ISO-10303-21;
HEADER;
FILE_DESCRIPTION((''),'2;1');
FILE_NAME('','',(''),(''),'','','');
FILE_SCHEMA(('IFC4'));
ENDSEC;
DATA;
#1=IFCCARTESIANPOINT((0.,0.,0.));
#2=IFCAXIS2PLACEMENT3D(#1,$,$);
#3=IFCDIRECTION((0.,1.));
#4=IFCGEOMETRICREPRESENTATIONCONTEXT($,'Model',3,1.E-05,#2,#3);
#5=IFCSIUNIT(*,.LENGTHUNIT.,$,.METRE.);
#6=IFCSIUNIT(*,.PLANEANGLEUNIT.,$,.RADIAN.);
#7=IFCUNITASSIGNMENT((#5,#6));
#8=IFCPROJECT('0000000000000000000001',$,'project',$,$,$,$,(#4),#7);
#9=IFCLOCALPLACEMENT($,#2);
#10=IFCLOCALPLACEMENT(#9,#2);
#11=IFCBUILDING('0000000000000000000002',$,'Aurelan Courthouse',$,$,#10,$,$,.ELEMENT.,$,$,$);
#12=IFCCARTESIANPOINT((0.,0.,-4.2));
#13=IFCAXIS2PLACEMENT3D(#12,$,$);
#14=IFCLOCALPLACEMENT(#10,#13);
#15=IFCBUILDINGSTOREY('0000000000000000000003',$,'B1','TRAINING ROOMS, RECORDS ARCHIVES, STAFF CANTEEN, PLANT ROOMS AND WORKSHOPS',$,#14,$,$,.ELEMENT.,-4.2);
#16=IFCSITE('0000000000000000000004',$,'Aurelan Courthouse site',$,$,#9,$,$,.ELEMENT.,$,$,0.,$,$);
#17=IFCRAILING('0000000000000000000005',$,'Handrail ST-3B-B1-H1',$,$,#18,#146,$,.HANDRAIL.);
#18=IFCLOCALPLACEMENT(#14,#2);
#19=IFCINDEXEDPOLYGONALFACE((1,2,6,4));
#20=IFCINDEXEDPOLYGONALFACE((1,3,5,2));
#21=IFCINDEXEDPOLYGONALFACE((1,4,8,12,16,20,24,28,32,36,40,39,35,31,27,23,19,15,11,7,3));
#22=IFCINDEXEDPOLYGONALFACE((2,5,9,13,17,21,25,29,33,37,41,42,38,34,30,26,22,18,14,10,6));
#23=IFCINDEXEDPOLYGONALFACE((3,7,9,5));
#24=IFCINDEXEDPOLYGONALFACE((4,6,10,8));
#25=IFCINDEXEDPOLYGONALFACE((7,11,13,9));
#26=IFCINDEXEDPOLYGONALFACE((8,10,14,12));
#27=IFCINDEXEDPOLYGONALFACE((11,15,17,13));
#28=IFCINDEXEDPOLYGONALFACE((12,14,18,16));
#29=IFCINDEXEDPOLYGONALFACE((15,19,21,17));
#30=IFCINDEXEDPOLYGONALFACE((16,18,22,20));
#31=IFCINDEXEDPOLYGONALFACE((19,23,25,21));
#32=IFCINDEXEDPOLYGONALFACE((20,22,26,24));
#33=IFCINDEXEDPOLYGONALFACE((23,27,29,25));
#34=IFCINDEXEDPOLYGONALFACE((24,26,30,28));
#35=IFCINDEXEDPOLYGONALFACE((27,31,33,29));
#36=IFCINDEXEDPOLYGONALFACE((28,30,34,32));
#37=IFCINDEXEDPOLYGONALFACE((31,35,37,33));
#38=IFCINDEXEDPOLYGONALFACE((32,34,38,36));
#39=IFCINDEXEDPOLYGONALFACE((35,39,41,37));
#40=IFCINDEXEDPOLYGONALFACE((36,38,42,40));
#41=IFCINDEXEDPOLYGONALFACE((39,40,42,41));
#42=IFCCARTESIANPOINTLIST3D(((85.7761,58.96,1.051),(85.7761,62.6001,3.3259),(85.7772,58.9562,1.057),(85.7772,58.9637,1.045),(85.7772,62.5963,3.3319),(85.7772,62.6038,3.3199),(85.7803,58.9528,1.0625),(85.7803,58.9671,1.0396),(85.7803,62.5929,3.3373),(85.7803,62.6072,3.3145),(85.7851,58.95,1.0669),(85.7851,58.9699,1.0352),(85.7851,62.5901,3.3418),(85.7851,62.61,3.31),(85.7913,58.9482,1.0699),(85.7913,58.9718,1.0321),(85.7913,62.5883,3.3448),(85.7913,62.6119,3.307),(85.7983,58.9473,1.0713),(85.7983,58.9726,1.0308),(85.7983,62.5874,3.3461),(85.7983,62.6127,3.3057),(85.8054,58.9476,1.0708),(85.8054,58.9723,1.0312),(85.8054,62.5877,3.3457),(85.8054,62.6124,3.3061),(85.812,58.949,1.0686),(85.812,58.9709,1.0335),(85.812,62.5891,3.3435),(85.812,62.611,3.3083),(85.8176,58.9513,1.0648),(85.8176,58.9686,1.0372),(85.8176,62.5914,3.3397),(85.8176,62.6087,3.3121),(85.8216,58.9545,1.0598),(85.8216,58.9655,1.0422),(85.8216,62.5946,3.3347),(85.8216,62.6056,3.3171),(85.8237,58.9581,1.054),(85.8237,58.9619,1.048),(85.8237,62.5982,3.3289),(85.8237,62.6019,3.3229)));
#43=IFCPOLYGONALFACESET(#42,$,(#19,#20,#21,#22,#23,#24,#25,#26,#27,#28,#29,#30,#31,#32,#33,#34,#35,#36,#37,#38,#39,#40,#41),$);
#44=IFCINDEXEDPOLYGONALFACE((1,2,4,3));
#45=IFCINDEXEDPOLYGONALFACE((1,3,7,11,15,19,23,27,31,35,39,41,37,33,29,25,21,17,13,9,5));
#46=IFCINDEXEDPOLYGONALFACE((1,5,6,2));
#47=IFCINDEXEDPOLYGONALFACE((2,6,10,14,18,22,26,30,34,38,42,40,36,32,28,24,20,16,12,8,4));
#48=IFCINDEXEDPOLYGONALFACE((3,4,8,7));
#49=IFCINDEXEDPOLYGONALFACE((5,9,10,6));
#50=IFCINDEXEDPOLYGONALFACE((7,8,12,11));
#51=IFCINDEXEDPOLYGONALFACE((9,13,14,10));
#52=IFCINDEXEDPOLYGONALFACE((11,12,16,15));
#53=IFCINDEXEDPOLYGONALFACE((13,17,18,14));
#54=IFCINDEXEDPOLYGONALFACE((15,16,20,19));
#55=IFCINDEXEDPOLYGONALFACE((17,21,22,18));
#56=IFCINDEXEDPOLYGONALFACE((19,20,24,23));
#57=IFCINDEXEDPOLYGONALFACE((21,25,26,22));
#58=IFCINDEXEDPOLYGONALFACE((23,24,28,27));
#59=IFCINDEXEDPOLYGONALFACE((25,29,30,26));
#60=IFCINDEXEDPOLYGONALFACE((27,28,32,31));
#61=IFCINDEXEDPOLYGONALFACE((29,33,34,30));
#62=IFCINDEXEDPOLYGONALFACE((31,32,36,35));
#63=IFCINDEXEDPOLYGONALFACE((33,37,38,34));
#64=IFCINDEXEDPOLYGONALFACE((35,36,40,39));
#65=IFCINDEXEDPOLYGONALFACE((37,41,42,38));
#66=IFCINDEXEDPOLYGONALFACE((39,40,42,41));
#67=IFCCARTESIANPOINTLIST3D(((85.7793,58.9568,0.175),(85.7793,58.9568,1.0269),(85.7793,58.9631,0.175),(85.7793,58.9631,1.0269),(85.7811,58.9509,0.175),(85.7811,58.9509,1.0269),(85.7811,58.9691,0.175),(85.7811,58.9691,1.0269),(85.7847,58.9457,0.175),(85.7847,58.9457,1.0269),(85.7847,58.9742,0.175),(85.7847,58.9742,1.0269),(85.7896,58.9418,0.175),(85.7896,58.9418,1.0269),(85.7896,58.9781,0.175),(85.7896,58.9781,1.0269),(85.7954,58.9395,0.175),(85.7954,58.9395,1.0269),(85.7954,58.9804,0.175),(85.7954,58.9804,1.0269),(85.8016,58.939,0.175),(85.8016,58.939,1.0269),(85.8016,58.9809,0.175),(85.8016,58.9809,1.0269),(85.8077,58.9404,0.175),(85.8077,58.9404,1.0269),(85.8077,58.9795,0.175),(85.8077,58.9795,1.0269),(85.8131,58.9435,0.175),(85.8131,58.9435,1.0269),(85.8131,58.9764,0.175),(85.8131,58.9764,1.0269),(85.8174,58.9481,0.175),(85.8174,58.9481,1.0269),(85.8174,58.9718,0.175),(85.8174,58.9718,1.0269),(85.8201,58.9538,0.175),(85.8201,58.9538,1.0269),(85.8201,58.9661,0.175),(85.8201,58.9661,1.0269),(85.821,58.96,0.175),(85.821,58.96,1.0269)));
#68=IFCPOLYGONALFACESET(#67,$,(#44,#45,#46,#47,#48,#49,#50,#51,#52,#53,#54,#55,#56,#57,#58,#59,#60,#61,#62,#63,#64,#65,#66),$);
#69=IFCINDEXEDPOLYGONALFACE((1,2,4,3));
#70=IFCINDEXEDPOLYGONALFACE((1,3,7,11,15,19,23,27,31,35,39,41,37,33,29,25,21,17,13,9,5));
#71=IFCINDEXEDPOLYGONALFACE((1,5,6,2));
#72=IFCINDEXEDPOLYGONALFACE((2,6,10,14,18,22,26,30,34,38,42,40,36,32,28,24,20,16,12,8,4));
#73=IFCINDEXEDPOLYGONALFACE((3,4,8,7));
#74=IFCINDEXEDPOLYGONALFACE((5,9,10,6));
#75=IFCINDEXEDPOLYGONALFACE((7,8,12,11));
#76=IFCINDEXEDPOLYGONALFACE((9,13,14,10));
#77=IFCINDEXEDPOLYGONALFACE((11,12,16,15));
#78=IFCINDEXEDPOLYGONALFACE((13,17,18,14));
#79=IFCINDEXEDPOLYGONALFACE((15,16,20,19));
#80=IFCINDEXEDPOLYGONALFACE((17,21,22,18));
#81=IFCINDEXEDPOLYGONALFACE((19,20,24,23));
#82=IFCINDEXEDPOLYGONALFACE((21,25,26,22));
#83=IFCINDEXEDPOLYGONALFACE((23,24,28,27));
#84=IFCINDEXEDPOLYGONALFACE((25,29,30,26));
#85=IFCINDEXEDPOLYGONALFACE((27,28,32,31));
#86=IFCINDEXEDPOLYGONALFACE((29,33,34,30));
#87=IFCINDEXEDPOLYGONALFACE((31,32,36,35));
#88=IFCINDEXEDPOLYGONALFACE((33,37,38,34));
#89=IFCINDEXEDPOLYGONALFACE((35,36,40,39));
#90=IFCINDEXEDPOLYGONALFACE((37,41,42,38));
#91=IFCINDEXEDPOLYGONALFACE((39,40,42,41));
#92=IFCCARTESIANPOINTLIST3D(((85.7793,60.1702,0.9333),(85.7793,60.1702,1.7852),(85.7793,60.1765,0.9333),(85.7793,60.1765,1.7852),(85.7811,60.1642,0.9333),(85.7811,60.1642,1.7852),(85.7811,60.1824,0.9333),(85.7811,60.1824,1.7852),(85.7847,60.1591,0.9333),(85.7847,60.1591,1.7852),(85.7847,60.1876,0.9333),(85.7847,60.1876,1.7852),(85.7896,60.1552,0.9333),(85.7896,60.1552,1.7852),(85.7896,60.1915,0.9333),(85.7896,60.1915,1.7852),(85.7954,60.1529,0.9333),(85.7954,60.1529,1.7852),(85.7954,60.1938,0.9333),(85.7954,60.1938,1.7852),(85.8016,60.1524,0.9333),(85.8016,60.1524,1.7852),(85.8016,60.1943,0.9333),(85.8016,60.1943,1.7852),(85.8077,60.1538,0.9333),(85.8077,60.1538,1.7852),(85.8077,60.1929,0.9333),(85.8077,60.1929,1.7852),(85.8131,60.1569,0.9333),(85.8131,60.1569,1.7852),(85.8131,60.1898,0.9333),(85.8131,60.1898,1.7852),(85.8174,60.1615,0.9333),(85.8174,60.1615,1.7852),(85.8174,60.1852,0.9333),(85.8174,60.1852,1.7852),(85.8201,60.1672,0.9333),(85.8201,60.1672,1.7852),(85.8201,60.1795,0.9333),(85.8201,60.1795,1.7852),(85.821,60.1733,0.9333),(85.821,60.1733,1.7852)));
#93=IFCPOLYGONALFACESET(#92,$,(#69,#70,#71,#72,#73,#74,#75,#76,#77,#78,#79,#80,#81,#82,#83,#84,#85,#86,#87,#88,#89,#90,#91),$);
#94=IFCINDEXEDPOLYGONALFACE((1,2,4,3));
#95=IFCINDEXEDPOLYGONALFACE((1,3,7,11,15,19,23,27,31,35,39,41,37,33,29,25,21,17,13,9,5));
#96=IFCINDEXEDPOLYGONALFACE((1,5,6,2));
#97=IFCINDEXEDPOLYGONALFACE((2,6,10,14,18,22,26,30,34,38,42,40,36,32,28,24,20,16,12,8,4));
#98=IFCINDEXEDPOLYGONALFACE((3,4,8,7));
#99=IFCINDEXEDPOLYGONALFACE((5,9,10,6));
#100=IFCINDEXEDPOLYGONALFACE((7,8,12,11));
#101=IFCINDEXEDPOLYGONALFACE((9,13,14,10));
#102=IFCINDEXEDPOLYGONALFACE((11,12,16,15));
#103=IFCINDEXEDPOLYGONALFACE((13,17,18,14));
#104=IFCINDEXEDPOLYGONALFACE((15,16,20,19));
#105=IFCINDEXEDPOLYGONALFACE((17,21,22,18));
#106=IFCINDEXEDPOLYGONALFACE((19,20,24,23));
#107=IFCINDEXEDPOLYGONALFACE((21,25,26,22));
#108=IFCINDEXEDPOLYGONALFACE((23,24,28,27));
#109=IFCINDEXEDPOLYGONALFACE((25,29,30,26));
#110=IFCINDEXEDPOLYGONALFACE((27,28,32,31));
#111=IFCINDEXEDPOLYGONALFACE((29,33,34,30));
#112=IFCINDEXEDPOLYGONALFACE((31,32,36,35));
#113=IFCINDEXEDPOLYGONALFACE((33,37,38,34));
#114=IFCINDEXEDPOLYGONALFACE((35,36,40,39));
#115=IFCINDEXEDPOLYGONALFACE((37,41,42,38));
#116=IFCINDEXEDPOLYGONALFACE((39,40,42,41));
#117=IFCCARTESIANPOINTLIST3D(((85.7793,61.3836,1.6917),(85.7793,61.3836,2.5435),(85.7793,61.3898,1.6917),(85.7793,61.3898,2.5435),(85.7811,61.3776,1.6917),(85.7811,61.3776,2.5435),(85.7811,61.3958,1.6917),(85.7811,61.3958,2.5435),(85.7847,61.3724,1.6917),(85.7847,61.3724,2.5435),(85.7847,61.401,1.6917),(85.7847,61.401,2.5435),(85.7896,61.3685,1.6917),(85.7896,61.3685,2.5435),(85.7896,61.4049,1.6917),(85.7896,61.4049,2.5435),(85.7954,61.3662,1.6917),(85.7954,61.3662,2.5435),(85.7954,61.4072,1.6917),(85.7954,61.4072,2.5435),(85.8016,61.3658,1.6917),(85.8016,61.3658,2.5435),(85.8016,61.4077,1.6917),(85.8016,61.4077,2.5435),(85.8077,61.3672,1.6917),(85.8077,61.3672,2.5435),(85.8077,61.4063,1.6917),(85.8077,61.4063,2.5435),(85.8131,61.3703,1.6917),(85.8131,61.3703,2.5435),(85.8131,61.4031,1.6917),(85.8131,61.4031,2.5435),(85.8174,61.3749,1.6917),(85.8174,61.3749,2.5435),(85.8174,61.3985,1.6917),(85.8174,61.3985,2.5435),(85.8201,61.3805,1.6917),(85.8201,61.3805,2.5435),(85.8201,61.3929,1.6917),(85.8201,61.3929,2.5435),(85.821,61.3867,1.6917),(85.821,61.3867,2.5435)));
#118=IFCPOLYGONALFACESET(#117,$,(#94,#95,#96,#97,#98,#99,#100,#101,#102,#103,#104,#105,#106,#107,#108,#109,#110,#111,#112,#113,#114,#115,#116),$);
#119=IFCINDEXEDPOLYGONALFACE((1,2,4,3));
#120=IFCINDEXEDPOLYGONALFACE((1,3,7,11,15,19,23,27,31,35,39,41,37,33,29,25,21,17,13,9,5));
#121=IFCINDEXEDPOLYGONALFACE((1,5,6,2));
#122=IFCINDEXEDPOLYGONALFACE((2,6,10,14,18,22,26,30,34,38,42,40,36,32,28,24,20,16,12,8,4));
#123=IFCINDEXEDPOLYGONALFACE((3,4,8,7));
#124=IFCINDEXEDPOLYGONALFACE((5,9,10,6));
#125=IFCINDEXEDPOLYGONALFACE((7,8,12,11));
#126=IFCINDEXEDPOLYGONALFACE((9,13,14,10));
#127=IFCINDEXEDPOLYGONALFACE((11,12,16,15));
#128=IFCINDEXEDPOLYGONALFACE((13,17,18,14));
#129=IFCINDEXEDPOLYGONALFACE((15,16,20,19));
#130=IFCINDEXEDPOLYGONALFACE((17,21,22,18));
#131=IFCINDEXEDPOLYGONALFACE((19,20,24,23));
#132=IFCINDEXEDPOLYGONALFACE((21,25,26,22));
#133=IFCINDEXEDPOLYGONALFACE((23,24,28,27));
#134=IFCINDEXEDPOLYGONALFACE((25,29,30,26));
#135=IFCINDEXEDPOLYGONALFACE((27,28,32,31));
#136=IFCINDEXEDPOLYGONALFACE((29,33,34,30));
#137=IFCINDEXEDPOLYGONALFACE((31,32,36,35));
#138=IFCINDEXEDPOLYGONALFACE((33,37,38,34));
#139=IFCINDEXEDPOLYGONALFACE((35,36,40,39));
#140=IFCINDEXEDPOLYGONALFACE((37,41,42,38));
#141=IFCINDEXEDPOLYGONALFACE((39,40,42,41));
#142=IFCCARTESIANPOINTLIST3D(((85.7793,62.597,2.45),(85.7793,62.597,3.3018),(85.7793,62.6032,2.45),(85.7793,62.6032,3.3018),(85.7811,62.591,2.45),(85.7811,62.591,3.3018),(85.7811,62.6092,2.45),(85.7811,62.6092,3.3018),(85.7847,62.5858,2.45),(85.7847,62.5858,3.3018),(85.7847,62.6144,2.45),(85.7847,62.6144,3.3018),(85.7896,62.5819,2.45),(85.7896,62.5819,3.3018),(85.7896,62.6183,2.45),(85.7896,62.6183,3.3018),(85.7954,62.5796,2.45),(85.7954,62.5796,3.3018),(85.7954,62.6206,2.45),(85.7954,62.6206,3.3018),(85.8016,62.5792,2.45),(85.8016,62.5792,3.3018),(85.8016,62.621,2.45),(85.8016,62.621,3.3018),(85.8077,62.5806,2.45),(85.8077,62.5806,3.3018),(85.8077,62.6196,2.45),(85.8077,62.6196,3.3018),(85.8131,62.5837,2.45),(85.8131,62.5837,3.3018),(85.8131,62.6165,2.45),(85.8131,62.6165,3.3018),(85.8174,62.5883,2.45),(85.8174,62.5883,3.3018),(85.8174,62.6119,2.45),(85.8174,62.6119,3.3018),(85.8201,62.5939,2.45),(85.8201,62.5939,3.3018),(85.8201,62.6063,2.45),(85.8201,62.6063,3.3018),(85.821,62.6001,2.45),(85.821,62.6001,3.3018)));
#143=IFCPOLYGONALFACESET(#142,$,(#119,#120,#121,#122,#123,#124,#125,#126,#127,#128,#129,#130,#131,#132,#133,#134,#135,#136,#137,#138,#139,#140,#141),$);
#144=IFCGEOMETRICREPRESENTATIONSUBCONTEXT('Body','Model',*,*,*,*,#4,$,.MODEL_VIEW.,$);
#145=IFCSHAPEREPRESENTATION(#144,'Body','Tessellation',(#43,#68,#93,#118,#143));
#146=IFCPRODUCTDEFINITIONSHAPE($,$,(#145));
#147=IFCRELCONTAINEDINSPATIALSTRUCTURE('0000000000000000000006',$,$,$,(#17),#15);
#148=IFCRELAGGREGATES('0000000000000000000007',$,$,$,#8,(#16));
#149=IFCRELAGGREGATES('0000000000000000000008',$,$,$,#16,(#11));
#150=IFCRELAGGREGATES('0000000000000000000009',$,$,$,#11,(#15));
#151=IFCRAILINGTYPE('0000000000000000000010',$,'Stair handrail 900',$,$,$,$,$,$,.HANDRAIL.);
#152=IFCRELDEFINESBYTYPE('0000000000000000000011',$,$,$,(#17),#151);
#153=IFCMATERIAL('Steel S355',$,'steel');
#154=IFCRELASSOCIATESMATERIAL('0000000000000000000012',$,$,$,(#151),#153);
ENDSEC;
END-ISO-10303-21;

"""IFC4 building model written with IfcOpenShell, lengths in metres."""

from ifc_helpers import new_model, si_unit, direction, frame, origin, origin_2d, place, context, subcontext, project, spatial, circle, extrude, material, type_object, element, save


model = new_model("IFC4")

# Units and contexts
model_context = context("Model", 3, precision=1e-05, world=origin(), true_north=direction((0.0, 1.0)))
body_context = subcontext(model_context, "Body", "Model", "MODEL_VIEW")
ifc_project = project(units=[si_unit("LENGTHUNIT", "METRE"), si_unit("PLANEANGLEUNIT", "RADIAN")], contexts=[model_context])

# Site, building, storey
site_placement = place(None, origin())
site = spatial("IfcSite", under=ifc_project, at=site_placement, Name="Aurelan Courthouse site", CompositionType="ELEMENT", RefElevation=0.0)
building_placement = place(site_placement, origin())
building = spatial("IfcBuilding", under=site, at=building_placement, Name="Aurelan Courthouse", CompositionType="ELEMENT")
storey_placement = place(building_placement, frame((0.0, 0.0, -4.2)))
storey = spatial("IfcBuildingStorey", under=building, at=storey_placement, Name="B1", Description="TRAINING ROOMS, RECORDS ARCHIVES, STAFF CANTEEN, PLANT ROOMS AND WORKSHOPS", CompositionType="ELEMENT", Elevation=-4.2)

# Railing
ifc_material_1 = material(Name="Steel S355", Category="steel")
railing_type_1 = type_object("IfcRailingType", Name="Stair handrail 900", PredefinedType="HANDRAIL", material=ifc_material_1)
for number, where, name in (
    (1, (85.8, 58.96, 0.175), "Handrail ST-3B-B1-H1"),
):
    element("IfcRailing", number, at=place(storey_placement, frame(where)), inside=storey, type_object=railing_type_1, Name=name, PredefinedType="HANDRAIL", context=body_context, shape_type="SweptSolid", body=[
        extrude(circle(Radius=0.0239, at=origin_2d()), frame((0.0, 0.0, 0.876), z_axis=(0.0, 0.848017, 0.529968), x_axis=(-1.0, 0.0, 0.0)), (0.0, 0.0, 1.0), 4.2925),
        extrude(circle(Radius=0.021, at=origin_2d()), origin(), (0.0, 0.0, 1.0), 0.8518),
        extrude(circle(Radius=0.021, at=origin_2d()), frame((0.0, 1.2134, 0.7583)), (0.0, 0.0, 1.0), 0.8518),
        extrude(circle(Radius=0.021, at=origin_2d()), frame((0.0, 2.4268, 1.5166)), (0.0, 0.0, 1.0), 0.8518),
        extrude(circle(Radius=0.021, at=origin_2d()), frame((0.0, 3.6401, 2.2749)), (0.0, 0.0, 1.0), 0.8518),
    ])

save(model, "model.ifc")
